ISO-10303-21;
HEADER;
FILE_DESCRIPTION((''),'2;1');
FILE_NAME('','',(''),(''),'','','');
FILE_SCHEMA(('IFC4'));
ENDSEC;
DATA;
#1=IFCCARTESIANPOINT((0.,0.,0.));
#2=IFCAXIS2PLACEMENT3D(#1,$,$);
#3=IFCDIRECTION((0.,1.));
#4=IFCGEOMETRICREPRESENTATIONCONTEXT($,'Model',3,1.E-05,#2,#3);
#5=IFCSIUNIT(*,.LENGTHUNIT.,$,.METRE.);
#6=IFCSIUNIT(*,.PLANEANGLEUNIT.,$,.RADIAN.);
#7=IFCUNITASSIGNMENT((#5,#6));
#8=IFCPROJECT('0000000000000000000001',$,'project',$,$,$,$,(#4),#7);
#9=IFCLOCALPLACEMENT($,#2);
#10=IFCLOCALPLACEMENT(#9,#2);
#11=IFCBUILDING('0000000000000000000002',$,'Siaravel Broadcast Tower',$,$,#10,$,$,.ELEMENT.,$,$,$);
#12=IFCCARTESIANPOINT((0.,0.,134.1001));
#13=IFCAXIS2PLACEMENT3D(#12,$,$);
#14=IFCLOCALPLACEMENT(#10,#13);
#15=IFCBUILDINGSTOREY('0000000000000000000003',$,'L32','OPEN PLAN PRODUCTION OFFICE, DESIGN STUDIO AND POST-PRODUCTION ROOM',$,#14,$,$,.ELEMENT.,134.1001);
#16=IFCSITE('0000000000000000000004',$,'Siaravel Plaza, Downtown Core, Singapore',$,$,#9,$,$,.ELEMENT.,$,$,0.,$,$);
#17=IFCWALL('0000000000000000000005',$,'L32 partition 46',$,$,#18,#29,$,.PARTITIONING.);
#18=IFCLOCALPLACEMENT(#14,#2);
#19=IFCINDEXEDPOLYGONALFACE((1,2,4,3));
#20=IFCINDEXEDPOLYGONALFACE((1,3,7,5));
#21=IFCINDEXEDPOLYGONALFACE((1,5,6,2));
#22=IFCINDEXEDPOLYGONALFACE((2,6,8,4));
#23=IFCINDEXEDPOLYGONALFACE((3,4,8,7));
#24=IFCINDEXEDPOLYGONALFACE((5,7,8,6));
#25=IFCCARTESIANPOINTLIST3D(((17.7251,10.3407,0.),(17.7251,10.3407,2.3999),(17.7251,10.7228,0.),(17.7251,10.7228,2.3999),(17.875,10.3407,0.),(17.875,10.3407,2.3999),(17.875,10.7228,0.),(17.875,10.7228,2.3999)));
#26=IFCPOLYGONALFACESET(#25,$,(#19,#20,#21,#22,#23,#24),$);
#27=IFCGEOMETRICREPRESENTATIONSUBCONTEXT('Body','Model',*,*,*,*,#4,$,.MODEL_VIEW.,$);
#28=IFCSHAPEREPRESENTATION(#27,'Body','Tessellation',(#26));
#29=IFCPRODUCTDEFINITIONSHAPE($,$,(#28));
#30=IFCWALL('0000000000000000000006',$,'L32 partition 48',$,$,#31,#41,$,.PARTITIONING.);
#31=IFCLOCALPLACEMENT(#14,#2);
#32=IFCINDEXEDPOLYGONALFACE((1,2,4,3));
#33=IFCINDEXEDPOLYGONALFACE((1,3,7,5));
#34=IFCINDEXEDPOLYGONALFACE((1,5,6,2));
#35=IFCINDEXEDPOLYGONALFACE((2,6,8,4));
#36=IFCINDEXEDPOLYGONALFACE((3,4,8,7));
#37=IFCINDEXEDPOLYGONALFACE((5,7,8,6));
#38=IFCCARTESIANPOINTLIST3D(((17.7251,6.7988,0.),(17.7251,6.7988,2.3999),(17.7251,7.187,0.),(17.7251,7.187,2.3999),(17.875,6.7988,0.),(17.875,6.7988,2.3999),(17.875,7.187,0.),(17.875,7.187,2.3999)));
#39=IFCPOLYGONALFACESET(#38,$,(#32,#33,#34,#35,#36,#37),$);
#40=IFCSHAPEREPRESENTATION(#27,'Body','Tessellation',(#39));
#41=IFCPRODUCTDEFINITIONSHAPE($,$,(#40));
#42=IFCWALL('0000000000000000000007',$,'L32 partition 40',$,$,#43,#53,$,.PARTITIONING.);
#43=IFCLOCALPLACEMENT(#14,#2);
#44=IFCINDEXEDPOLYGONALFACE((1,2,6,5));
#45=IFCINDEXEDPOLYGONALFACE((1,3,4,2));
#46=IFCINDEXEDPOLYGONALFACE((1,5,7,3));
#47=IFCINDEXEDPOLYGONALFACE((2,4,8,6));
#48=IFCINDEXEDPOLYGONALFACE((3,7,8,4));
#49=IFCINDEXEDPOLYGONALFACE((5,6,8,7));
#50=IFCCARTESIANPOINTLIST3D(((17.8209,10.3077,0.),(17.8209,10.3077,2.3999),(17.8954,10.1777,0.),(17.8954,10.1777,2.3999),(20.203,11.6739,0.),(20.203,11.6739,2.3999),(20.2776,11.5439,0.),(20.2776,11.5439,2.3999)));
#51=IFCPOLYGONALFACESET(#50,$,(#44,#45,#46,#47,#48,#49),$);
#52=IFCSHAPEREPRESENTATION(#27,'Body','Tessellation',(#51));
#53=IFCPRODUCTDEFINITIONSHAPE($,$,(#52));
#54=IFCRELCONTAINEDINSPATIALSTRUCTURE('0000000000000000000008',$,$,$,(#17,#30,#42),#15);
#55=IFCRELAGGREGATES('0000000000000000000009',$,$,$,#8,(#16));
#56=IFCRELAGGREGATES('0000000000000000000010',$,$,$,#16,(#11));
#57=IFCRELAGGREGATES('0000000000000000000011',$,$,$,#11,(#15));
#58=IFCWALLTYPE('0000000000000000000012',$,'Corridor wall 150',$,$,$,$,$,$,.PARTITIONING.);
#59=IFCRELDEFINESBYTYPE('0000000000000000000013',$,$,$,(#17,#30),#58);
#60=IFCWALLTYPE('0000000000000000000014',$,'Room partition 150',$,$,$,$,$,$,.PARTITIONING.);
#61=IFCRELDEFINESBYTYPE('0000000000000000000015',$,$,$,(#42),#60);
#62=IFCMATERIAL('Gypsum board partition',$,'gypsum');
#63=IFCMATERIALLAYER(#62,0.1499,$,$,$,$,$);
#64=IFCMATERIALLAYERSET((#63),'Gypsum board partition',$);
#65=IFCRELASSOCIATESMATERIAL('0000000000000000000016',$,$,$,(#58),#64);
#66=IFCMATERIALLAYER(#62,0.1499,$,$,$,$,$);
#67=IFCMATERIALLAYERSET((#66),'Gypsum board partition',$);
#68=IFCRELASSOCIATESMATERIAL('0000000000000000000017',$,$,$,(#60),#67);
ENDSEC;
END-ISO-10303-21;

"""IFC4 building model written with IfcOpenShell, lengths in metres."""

from ifc_helpers import new_model, si_unit, direction, frame, frame_2d, origin, place, context, subcontext, project, spatial, rectangle, extrude, material, layer, layer_set, type_object, element, save


model = new_model("IFC4")

# Units and contexts
model_context = context("Model", 3, precision=1e-05, world=origin(), true_north=direction((0.0, 1.0)))
body_context = subcontext(model_context, "Body", "Model", "MODEL_VIEW")
ifc_project = project(units=[si_unit("LENGTHUNIT", "METRE"), si_unit("PLANEANGLEUNIT", "RADIAN")], contexts=[model_context])

# Site, building, storey
site_placement = place(None, origin())
site = spatial("IfcSite", under=ifc_project, at=site_placement, Name="Siaravel Plaza, Downtown Core, Singapore", CompositionType="ELEMENT", RefElevation=0.0)
building_placement = place(site_placement, origin())
building = spatial("IfcBuilding", under=site, at=building_placement, Name="Siaravel Broadcast Tower", CompositionType="ELEMENT")
storey_placement = place(building_placement, frame((0.0, 0.0, 134.1001)))
storey = spatial("IfcBuildingStorey", under=building, at=storey_placement, Name="L32", Description="OPEN PLAN PRODUCTION OFFICE, DESIGN STUDIO AND POST-PRODUCTION ROOM", CompositionType="ELEMENT", Elevation=134.1001)

# Shared definitions
ifc_material_1 = material(Name="Gypsum board partition", Category="gypsum")
ifc_layer_1 = layer(ifc_material_1, 0.1499)
ifc_layer_set_1 = layer_set([ifc_layer_1], Name="Gypsum board partition")
wall_type_1 = type_object("IfcWallType", Name="Corridor wall 150", PredefinedType="PARTITIONING", material=ifc_layer_set_1)

# Walls
wall_1_placement = place(storey_placement, frame((17.8, 10.3408, 0.0), z_axis=(0.0, 0.0, 1.0), x_axis=(0.0, 1.0, 0.0)))
element("IfcWall", 1, at=wall_1_placement, inside=storey, type_object=wall_type_1, Name="L32 partition 46", PredefinedType="PARTITIONING", context=body_context, shape_type="SweptSolid", body=[
    extrude(rectangle(XDim=0.3821, YDim=0.1499, at=frame_2d((0.1909, 0.0))), origin(), (0.0, 0.0, 1.0), 2.3999),
])
wall_2_placement = place(storey_placement, frame((17.8, 6.7988, 0.0), z_axis=(0.0, 0.0, 1.0), x_axis=(0.0, 1.0, 0.0)))
element("IfcWall", 2, at=wall_2_placement, inside=storey, type_object=wall_type_1, Name="L32 partition 48", PredefinedType="PARTITIONING", context=body_context, shape_type="SweptSolid", body=[
    extrude(rectangle(XDim=0.3882, YDim=0.1499, at=frame_2d((0.1941, 0.0))), origin(), (0.0, 0.0, 1.0), 2.3999),
])
ifc_layer_2 = layer(ifc_material_1, 0.1499)
ifc_layer_set_2 = layer_set([ifc_layer_2], Name="Gypsum board partition")
wall_type_2 = type_object("IfcWallType", Name="Room partition 150", PredefinedType="PARTITIONING", material=ifc_layer_set_2)
wall_3_placement = place(storey_placement, frame((17.8582, 10.2427, 0.0), z_axis=(0.0, 0.0, 1.0), x_axis=(0.867454, 0.497517, 0.0)))
element("IfcWall", 3, at=wall_3_placement, inside=storey, type_object=wall_type_2, Name="L32 partition 40", PredefinedType="PARTITIONING", context=body_context, shape_type="SweptSolid", body=[
    extrude(rectangle(XDim=2.7461, YDim=0.1499, at=frame_2d((1.373, 0.0))), origin(), (0.0, 0.0, 1.0), 2.3999),
])

save(model, "model.ifc")
